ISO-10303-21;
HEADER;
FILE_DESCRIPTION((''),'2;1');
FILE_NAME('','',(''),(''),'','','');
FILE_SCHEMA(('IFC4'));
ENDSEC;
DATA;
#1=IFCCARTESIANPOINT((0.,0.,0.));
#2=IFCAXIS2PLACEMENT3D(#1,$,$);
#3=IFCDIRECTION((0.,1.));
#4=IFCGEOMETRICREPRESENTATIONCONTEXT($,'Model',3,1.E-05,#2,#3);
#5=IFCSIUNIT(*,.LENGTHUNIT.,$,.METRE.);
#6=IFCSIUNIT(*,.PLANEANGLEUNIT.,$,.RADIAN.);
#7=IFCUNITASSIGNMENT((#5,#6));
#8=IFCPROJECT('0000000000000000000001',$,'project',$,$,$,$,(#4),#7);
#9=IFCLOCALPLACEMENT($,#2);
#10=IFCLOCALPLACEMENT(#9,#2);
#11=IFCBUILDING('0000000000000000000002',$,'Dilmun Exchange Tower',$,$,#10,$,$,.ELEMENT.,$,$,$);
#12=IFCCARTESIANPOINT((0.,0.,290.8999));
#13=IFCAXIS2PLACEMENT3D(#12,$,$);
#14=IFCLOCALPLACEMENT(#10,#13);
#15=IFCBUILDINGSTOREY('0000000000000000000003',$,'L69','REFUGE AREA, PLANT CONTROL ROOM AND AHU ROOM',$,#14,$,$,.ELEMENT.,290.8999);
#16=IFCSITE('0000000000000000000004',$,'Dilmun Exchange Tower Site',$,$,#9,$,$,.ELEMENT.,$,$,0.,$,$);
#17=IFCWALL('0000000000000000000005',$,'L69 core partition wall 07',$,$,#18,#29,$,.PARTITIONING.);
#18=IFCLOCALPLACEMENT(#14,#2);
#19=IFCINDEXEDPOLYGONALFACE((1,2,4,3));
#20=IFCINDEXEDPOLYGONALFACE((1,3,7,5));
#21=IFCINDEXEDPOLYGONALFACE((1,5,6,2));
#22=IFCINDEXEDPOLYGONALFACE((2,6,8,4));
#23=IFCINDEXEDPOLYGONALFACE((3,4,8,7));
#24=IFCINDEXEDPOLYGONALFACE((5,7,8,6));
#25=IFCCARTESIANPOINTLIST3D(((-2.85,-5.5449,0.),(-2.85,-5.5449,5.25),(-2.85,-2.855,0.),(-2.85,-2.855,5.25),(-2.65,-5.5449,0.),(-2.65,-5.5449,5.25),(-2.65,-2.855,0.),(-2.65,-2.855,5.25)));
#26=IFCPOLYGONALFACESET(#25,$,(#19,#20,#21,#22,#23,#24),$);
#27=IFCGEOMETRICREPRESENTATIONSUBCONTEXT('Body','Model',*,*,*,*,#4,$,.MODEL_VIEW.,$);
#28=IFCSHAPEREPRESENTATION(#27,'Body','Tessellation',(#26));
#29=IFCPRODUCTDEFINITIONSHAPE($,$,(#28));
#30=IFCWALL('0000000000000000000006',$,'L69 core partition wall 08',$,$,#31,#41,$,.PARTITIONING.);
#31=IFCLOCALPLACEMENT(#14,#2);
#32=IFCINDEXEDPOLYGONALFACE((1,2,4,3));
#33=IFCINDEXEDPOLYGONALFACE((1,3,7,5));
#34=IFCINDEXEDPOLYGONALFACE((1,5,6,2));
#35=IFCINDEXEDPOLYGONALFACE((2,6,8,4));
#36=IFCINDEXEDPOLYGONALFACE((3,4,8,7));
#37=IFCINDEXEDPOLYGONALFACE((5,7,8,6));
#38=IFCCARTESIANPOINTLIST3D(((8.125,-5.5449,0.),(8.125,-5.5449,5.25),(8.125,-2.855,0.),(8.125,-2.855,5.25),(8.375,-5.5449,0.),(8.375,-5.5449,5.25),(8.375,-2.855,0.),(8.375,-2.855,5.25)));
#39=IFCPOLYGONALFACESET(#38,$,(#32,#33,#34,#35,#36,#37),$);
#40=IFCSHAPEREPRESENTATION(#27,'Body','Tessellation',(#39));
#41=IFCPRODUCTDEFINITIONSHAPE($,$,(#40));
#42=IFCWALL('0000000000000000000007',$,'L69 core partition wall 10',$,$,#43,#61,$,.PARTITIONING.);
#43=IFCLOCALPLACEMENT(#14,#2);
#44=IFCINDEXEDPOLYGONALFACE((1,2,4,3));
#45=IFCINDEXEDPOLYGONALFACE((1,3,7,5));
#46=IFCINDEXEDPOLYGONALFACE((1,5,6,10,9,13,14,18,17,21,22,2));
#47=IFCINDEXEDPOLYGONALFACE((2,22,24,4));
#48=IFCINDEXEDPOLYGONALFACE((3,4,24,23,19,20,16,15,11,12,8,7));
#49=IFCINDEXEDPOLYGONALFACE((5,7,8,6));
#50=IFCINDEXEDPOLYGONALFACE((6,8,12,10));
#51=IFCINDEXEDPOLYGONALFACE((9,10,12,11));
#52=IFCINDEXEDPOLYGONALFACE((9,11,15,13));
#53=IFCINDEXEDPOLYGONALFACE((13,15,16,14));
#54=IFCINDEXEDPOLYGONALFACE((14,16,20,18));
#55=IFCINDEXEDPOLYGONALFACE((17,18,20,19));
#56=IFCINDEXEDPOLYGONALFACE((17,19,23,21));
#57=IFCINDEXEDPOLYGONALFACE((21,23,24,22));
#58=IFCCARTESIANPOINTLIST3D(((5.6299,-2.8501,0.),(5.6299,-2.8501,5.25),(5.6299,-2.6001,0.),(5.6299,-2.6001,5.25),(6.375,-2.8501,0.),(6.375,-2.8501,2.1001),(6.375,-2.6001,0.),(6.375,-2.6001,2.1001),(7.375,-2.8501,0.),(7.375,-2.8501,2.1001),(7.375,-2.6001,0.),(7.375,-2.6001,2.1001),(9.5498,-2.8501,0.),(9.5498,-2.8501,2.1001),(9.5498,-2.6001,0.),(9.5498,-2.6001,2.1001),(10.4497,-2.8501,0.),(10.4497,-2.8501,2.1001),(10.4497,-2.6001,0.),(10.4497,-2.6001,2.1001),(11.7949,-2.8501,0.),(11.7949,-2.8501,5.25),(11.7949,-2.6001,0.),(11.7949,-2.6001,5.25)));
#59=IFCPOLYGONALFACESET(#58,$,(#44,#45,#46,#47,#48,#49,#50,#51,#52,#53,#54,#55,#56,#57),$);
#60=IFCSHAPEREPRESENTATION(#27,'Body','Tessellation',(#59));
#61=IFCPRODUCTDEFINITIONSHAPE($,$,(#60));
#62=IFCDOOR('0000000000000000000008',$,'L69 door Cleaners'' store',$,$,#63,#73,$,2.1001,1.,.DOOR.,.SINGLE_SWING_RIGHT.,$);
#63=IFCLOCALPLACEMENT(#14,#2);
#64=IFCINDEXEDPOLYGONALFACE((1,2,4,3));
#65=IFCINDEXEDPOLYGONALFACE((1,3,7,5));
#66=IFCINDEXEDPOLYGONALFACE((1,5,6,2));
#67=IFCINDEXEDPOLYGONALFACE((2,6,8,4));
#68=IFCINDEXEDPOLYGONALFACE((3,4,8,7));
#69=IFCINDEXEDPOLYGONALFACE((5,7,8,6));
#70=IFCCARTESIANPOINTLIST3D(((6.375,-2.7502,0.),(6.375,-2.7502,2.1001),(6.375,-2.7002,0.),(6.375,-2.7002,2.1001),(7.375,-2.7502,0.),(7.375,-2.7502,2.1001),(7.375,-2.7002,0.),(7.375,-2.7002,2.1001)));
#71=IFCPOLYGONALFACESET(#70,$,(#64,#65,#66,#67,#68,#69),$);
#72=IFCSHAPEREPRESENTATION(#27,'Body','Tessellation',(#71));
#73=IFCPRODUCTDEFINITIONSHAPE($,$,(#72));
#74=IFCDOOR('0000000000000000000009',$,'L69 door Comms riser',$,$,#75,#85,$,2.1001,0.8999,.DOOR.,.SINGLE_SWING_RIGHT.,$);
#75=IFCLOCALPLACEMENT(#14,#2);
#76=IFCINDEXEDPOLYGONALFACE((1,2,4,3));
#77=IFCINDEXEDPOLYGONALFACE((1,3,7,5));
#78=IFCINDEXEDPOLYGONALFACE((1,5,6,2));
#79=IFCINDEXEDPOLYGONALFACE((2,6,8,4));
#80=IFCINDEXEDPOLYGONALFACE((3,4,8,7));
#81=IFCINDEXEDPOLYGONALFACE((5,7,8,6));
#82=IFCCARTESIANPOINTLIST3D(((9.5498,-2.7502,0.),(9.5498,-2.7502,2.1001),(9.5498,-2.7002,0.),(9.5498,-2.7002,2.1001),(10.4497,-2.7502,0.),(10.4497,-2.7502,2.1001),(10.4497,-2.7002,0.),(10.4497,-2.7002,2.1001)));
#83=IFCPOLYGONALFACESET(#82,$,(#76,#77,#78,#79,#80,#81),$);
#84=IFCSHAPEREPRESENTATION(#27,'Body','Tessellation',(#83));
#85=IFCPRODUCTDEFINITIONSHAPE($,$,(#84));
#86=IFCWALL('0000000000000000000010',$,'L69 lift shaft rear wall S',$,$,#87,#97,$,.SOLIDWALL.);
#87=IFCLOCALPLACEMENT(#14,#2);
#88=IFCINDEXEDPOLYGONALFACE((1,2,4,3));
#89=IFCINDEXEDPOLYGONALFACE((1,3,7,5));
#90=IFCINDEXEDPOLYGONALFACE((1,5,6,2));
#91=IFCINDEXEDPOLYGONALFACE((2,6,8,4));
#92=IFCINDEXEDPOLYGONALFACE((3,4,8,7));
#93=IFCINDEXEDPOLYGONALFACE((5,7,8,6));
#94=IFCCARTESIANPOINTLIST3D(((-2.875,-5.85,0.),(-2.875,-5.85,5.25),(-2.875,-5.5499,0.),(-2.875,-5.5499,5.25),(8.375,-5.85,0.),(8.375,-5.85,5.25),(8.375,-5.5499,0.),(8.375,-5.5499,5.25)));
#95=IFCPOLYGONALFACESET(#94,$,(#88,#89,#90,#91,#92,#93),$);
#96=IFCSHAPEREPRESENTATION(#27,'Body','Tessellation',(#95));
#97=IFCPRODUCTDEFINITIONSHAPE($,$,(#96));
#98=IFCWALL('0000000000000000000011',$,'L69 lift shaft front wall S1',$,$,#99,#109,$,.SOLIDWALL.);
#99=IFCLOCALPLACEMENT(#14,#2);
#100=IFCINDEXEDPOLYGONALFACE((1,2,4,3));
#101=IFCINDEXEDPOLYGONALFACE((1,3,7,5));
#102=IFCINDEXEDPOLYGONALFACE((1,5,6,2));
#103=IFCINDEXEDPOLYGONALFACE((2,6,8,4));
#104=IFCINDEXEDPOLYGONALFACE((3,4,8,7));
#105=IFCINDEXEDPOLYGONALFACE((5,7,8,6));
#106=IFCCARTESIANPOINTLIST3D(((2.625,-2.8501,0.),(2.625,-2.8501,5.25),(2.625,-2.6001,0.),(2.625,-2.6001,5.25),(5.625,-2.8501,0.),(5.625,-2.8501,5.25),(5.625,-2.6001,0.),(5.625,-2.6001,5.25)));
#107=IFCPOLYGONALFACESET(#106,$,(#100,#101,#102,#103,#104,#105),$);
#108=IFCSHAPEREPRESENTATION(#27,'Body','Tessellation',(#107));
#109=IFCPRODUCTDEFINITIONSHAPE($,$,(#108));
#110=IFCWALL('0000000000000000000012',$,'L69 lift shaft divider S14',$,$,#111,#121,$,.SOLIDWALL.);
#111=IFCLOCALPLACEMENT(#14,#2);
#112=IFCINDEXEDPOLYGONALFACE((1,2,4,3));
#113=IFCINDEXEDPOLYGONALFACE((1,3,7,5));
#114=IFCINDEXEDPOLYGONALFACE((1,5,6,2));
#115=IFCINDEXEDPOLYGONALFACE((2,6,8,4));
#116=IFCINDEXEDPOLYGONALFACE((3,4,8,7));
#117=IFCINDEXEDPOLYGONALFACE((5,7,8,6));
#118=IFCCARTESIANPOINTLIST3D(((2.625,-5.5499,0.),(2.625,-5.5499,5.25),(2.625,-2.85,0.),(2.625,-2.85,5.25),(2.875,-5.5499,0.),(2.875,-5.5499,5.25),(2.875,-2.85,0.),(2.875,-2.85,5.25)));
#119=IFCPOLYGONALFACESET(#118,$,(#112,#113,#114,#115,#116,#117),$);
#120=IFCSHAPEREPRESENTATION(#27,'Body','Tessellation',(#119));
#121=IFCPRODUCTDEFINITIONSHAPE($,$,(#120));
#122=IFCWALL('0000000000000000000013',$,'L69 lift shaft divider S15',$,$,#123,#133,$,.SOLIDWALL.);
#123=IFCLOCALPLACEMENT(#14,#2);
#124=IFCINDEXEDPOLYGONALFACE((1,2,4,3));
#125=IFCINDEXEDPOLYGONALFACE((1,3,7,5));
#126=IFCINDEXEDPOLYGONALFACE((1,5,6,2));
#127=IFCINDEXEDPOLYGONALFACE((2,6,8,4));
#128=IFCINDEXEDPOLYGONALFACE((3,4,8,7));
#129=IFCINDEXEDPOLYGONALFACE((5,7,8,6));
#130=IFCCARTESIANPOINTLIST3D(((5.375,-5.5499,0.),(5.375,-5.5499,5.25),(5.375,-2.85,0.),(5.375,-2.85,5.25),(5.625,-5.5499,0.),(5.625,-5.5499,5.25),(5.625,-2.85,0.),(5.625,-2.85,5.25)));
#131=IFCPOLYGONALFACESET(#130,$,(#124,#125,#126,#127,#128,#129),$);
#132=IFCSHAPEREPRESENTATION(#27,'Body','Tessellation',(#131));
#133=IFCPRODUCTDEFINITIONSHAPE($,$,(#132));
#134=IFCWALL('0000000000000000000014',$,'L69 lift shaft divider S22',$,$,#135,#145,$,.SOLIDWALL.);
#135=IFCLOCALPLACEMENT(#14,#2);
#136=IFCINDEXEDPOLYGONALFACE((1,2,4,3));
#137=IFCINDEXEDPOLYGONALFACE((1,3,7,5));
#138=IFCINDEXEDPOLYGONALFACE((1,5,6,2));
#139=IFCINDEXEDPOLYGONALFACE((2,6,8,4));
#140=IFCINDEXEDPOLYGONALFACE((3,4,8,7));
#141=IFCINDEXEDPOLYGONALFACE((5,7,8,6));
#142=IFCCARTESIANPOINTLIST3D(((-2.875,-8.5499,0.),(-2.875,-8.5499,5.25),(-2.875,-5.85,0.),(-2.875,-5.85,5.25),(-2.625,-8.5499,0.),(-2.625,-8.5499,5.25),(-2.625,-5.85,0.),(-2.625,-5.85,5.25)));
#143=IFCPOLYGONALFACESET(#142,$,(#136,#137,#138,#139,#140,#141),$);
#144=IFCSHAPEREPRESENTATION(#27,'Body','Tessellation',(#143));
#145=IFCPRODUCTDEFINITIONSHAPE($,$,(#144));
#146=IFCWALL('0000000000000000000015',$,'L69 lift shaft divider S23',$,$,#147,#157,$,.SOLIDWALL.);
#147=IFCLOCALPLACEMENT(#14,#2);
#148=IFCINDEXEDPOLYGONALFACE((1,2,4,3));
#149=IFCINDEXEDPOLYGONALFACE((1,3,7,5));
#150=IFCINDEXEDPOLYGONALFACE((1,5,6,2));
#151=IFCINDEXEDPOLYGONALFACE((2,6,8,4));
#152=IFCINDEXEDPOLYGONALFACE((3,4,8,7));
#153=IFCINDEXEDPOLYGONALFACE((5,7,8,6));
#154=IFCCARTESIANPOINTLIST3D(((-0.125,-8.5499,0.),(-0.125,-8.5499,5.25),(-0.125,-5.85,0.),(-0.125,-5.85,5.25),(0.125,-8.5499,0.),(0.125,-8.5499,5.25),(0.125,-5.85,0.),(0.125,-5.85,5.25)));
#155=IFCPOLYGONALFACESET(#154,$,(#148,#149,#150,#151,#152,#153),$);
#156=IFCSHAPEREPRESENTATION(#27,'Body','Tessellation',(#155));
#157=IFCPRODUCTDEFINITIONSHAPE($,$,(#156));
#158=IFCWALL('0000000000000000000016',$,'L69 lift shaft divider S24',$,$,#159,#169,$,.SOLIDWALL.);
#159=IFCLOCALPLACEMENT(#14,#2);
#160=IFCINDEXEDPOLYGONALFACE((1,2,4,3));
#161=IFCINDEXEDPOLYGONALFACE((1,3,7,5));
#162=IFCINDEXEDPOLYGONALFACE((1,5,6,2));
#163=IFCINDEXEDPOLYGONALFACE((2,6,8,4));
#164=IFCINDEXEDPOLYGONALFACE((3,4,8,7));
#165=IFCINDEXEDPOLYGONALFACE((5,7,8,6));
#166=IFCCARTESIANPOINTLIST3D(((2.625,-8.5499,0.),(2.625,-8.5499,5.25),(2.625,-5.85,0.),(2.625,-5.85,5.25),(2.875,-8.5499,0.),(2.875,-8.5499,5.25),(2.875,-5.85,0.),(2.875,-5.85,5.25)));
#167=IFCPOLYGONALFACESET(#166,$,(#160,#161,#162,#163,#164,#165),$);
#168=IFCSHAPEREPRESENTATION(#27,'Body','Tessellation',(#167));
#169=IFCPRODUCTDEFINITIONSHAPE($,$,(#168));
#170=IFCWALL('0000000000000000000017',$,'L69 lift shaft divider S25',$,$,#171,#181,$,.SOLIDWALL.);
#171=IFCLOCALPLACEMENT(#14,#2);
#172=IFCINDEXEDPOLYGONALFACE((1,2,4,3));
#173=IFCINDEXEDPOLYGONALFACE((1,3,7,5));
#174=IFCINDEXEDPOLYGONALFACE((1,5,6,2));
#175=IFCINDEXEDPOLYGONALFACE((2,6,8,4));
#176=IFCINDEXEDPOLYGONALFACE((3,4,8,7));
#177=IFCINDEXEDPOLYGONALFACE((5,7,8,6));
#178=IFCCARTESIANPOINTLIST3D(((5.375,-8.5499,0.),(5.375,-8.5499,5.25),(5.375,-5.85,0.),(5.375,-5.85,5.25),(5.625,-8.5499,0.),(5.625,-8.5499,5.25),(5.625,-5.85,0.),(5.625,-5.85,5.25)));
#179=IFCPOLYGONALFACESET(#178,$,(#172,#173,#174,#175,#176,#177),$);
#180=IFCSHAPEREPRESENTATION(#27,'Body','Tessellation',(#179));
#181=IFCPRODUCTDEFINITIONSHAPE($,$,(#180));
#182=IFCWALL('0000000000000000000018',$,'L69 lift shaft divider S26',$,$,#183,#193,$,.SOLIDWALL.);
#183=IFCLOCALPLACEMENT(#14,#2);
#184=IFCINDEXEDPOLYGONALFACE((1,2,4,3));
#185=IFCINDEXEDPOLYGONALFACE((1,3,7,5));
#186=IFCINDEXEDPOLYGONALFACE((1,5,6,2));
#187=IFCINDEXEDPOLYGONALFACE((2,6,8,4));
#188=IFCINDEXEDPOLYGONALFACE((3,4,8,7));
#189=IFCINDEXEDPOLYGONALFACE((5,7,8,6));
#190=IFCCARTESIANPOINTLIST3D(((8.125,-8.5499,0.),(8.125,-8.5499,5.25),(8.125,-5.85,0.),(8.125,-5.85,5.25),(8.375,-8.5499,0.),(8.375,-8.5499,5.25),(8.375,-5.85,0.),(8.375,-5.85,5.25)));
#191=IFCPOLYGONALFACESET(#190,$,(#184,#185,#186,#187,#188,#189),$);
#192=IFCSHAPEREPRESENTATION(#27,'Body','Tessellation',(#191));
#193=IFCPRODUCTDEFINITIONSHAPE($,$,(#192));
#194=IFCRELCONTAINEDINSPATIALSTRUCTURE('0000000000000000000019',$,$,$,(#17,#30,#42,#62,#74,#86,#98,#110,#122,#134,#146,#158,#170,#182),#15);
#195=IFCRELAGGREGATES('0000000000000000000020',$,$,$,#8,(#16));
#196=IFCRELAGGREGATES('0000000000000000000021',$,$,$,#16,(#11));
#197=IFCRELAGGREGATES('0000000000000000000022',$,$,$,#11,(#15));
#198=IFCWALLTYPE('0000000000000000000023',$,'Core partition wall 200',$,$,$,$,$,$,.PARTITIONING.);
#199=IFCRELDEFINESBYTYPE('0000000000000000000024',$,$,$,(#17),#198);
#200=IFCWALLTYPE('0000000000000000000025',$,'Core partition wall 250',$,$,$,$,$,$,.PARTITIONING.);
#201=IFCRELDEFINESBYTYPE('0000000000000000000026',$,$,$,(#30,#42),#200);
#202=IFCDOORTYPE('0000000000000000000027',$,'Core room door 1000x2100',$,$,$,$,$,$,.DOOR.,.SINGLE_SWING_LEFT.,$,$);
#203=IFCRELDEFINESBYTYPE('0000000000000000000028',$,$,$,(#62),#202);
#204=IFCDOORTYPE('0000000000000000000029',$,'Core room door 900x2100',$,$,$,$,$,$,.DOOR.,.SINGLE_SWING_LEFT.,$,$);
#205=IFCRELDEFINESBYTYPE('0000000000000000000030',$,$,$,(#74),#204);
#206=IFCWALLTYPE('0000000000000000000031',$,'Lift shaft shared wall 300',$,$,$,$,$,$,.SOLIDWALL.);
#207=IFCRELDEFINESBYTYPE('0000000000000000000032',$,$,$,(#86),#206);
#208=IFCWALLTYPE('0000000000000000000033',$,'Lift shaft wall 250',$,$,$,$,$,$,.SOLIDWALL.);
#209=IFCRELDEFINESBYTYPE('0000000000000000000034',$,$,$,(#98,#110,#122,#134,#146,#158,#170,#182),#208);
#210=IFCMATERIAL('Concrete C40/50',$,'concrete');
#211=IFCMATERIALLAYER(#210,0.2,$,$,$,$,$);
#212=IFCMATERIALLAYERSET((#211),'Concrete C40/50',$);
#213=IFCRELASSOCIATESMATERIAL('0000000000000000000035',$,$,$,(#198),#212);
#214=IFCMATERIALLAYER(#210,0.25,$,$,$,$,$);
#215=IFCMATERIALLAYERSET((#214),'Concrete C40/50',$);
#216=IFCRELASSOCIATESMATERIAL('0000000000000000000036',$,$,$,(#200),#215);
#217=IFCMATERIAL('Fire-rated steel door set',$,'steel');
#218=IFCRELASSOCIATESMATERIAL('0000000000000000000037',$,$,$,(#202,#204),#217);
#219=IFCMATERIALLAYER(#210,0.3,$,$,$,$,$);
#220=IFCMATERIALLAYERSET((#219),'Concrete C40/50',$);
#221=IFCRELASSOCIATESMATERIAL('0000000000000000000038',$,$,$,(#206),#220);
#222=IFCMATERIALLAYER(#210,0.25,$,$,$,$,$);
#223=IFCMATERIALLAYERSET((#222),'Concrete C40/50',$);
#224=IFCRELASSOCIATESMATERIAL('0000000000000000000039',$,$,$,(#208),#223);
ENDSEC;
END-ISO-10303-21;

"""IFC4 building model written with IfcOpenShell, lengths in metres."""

from ifc_helpers import new_model, si_unit, direction, frame, frame_2d, origin, place, context, subcontext, project, spatial, rectangle, extrude, material, layer, layer_set, type_object, element, fill, save


model = new_model("IFC4")

# Units and contexts
model_context = context("Model", 3, precision=1e-05, world=origin(), true_north=direction((0.0, 1.0)))
body_context = subcontext(model_context, "Body", "Model", "MODEL_VIEW")
ifc_project = project(units=[si_unit("LENGTHUNIT", "METRE"), si_unit("PLANEANGLEUNIT", "RADIAN")], contexts=[model_context])

# Site, building, storey
site_placement = place(None, origin())
site = spatial("IfcSite", under=ifc_project, at=site_placement, Name="Dilmun Exchange Tower Site", CompositionType="ELEMENT", RefElevation=0.0)
building_placement = place(site_placement, origin())
building = spatial("IfcBuilding", under=site, at=building_placement, Name="Dilmun Exchange Tower", CompositionType="ELEMENT")
storey_placement = place(building_placement, frame((0.0, 0.0, 290.8999)))
storey = spatial("IfcBuildingStorey", under=building, at=storey_placement, Name="L69", Description="REFUGE AREA, PLANT CONTROL ROOM AND AHU ROOM", CompositionType="ELEMENT", Elevation=290.8999)

# Walls
ifc_material_1 = material(Name="Concrete C40/50", Category="concrete")
ifc_layer_1 = layer(ifc_material_1, 0.2)
ifc_layer_set_1 = layer_set([ifc_layer_1], Name="Concrete C40/50")
wall_type_1 = type_object("IfcWallType", Name="Core partition wall 200", PredefinedType="PARTITIONING", material=ifc_layer_set_1)
wall_1_placement = place(storey_placement, frame((-2.75, -5.5449, 0.0), z_axis=(0.0, 0.0, 1.0), x_axis=(0.0, 1.0, 0.0)))
element("IfcWall", 1, at=wall_1_placement, inside=storey, type_object=wall_type_1, Name="L69 core partition wall 07", PredefinedType="PARTITIONING", context=body_context, shape_type="SweptSolid", body=[
    extrude(rectangle(XDim=2.6899, YDim=0.2, at=frame_2d((1.345, 0.0))), origin(), (0.0, 0.0, 1.0), 5.25),
])
ifc_layer_2 = layer(ifc_material_1, 0.25)
ifc_layer_set_2 = layer_set([ifc_layer_2], Name="Concrete C40/50")
wall_type_2 = type_object("IfcWallType", Name="Core partition wall 250", PredefinedType="PARTITIONING", material=ifc_layer_set_2)
wall_2_placement = place(storey_placement, frame((8.25, -5.5449, 0.0), z_axis=(0.0, 0.0, 1.0), x_axis=(0.0, 1.0, 0.0)))
element("IfcWall", 2, at=wall_2_placement, inside=storey, type_object=wall_type_2, Name="L69 core partition wall 08", PredefinedType="PARTITIONING", context=body_context, shape_type="SweptSolid", body=[
    extrude(rectangle(XDim=2.6899, YDim=0.25, at=frame_2d((1.345, 0.0))), origin(), (0.0, 0.0, 1.0), 5.25),
])

# Wall, openings, doors
wall_3_placement = place(storey_placement, frame((5.6299, -2.7251, 0.0), z_axis=(0.0, 0.0, 1.0), x_axis=(1.0, 0.0, 0.0)))
wall_3 = element("IfcWall", 3, at=wall_3_placement, inside=storey, type_object=wall_type_2, Name="L69 core partition wall 10", PredefinedType="PARTITIONING", context=body_context, shape_type="SweptSolid", body=[
    extrude(rectangle(XDim=6.165, YDim=0.25, at=frame_2d((3.0825, 0.0))), origin(), (0.0, 0.0, 1.0), 5.25),
])
opening_1_placement = place(wall_3_placement, frame((0.7451, 0.0, 0.0)))
opening_1 = element("IfcOpeningElement", 4, at=opening_1_placement, cuts=wall_3, PredefinedType="OPENING", context=body_context, shape_type="SweptSolid", body=[
    extrude(rectangle(XDim=1.0, YDim=2.1001, at=frame_2d((0.5, 1.05))), frame((0.0, 0.135, 0.0), z_axis=(0.0, -1.0, 0.0), x_axis=(1.0, 0.0, 0.0)), (0.0, 0.0, 1.0), 0.27),
])
opening_2_placement = place(wall_3_placement, frame((3.9199, 0.0, 0.0)))
opening_2 = element("IfcOpeningElement", 5, at=opening_2_placement, cuts=wall_3, PredefinedType="OPENING", context=body_context, shape_type="SweptSolid", body=[
    extrude(rectangle(XDim=0.8999, YDim=2.1001, at=frame_2d((0.45, 1.05))), frame((0.0, 0.135, 0.0), z_axis=(0.0, -1.0, 0.0), x_axis=(1.0, 0.0, 0.0)), (0.0, 0.0, 1.0), 0.27),
])
ifc_material_2 = material(Name="Fire-rated steel door set", Category="steel")
door_type_1 = type_object("IfcDoorType", Name="Core room door 1000x2100", OperationType="SINGLE_SWING_LEFT", PredefinedType="DOOR", material=ifc_material_2)
door_1_placement = place(opening_1_placement, origin())
door_1 = element("IfcDoor", 6, at=door_1_placement, inside=storey, type_object=door_type_1, Name="L69 door Cleaners' store", OperationType="SINGLE_SWING_RIGHT", OverallHeight=2.1001, OverallWidth=1.0, PredefinedType="DOOR", context=body_context, shape_type="SweptSolid", body=[
    extrude(rectangle(XDim=1.0, YDim=2.1001, at=frame_2d((0.5, 1.05))), frame((0.0, 0.0249, 0.0), z_axis=(0.0, -1.0, 0.0), x_axis=(1.0, 0.0, 0.0)), (0.0, 0.0, 1.0), 0.05),
])
fill(opening_1, door_1)
door_type_2 = type_object("IfcDoorType", Name="Core room door 900x2100", OperationType="SINGLE_SWING_LEFT", PredefinedType="DOOR", material=ifc_material_2)
door_2_placement = place(opening_2_placement, origin())
door_2 = element("IfcDoor", 7, at=door_2_placement, inside=storey, type_object=door_type_2, Name="L69 door Comms riser", OperationType="SINGLE_SWING_RIGHT", OverallHeight=2.1001, OverallWidth=0.8999, PredefinedType="DOOR", context=body_context, shape_type="SweptSolid", body=[
    extrude(rectangle(XDim=0.8999, YDim=2.1001, at=frame_2d((0.45, 1.05))), frame((0.0, 0.0249, 0.0), z_axis=(0.0, -1.0, 0.0), x_axis=(1.0, 0.0, 0.0)), (0.0, 0.0, 1.0), 0.05),
])
fill(opening_2, door_2)

# Walls
ifc_layer_3 = layer(ifc_material_1, 0.3)
ifc_layer_set_3 = layer_set([ifc_layer_3], Name="Concrete C40/50")
wall_type_3 = type_object("IfcWallType", Name="Lift shaft shared wall 300", PredefinedType="SOLIDWALL", material=ifc_layer_set_3)
wall_4_placement = place(storey_placement, frame((-2.875, -5.7, 0.0), z_axis=(0.0, 0.0, 1.0), x_axis=(1.0, 0.0, 0.0)))
element("IfcWall", 8, at=wall_4_placement, inside=storey, type_object=wall_type_3, Name="L69 lift shaft rear wall S", PredefinedType="SOLIDWALL", context=body_context, shape_type="SweptSolid", body=[
    extrude(rectangle(XDim=11.25, YDim=0.3, at=frame_2d((5.625, 0.0))), origin(), (0.0, 0.0, 1.0), 5.25),
])
ifc_layer_4 = layer(ifc_material_1, 0.25)
ifc_layer_set_4 = layer_set([ifc_layer_4], Name="Concrete C40/50")
wall_type_4 = type_object("IfcWallType", Name="Lift shaft wall 250", PredefinedType="SOLIDWALL", material=ifc_layer_set_4)
wall_5_placement = place(storey_placement, frame((2.625, -2.7251, 0.0), z_axis=(0.0, 0.0, 1.0), x_axis=(1.0, 0.0, 0.0)))
element("IfcWall", 9, at=wall_5_placement, inside=storey, type_object=wall_type_4, Name="L69 lift shaft front wall S1", PredefinedType="SOLIDWALL", context=body_context, shape_type="SweptSolid", body=[
    extrude(rectangle(XDim=3.0, YDim=0.25, at=frame_2d((1.5, 0.0))), origin(), (0.0, 0.0, 1.0), 5.25),
])
for number, where, z_axis, x_axis, name in (
    (10, (2.75, -5.55, 0.0), (0.0, 0.0, 1.0), (0.0, 1.0, 0.0), "L69 lift shaft divider S14"),
    (11, (5.5, -5.55, 0.0), (0.0, 0.0, 1.0), (0.0, 1.0, 0.0), "L69 lift shaft divider S15"),
    (12, (-2.75, -8.55, 0.0), (0.0, 0.0, 1.0), (0.0, 1.0, 0.0), "L69 lift shaft divider S22"),
    (13, (0.0, -8.55, 0.0), (0.0, 0.0, 1.0), (0.0, 1.0, 0.0), "L69 lift shaft divider S23"),
    (14, (2.75, -8.55, 0.0), (0.0, 0.0, 1.0), (0.0, 1.0, 0.0), "L69 lift shaft divider S24"),
    (15, (5.5, -8.55, 0.0), (0.0, 0.0, 1.0), (0.0, 1.0, 0.0), "L69 lift shaft divider S25"),
    (16, (8.25, -8.55, 0.0), (0.0, 0.0, 1.0), (0.0, 1.0, 0.0), "L69 lift shaft divider S26"),
):
    element("IfcWall", number, at=place(storey_placement, frame(where, z_axis=z_axis, x_axis=x_axis)), inside=storey, type_object=wall_type_4, Name=name, PredefinedType="SOLIDWALL", context=body_context, shape_type="SweptSolid", body=[
        extrude(rectangle(XDim=2.7, YDim=0.25, at=frame_2d((1.3501, 0.0))), origin(), (0.0, 0.0, 1.0), 5.25),
    ])

save(model, "model.ifc")
